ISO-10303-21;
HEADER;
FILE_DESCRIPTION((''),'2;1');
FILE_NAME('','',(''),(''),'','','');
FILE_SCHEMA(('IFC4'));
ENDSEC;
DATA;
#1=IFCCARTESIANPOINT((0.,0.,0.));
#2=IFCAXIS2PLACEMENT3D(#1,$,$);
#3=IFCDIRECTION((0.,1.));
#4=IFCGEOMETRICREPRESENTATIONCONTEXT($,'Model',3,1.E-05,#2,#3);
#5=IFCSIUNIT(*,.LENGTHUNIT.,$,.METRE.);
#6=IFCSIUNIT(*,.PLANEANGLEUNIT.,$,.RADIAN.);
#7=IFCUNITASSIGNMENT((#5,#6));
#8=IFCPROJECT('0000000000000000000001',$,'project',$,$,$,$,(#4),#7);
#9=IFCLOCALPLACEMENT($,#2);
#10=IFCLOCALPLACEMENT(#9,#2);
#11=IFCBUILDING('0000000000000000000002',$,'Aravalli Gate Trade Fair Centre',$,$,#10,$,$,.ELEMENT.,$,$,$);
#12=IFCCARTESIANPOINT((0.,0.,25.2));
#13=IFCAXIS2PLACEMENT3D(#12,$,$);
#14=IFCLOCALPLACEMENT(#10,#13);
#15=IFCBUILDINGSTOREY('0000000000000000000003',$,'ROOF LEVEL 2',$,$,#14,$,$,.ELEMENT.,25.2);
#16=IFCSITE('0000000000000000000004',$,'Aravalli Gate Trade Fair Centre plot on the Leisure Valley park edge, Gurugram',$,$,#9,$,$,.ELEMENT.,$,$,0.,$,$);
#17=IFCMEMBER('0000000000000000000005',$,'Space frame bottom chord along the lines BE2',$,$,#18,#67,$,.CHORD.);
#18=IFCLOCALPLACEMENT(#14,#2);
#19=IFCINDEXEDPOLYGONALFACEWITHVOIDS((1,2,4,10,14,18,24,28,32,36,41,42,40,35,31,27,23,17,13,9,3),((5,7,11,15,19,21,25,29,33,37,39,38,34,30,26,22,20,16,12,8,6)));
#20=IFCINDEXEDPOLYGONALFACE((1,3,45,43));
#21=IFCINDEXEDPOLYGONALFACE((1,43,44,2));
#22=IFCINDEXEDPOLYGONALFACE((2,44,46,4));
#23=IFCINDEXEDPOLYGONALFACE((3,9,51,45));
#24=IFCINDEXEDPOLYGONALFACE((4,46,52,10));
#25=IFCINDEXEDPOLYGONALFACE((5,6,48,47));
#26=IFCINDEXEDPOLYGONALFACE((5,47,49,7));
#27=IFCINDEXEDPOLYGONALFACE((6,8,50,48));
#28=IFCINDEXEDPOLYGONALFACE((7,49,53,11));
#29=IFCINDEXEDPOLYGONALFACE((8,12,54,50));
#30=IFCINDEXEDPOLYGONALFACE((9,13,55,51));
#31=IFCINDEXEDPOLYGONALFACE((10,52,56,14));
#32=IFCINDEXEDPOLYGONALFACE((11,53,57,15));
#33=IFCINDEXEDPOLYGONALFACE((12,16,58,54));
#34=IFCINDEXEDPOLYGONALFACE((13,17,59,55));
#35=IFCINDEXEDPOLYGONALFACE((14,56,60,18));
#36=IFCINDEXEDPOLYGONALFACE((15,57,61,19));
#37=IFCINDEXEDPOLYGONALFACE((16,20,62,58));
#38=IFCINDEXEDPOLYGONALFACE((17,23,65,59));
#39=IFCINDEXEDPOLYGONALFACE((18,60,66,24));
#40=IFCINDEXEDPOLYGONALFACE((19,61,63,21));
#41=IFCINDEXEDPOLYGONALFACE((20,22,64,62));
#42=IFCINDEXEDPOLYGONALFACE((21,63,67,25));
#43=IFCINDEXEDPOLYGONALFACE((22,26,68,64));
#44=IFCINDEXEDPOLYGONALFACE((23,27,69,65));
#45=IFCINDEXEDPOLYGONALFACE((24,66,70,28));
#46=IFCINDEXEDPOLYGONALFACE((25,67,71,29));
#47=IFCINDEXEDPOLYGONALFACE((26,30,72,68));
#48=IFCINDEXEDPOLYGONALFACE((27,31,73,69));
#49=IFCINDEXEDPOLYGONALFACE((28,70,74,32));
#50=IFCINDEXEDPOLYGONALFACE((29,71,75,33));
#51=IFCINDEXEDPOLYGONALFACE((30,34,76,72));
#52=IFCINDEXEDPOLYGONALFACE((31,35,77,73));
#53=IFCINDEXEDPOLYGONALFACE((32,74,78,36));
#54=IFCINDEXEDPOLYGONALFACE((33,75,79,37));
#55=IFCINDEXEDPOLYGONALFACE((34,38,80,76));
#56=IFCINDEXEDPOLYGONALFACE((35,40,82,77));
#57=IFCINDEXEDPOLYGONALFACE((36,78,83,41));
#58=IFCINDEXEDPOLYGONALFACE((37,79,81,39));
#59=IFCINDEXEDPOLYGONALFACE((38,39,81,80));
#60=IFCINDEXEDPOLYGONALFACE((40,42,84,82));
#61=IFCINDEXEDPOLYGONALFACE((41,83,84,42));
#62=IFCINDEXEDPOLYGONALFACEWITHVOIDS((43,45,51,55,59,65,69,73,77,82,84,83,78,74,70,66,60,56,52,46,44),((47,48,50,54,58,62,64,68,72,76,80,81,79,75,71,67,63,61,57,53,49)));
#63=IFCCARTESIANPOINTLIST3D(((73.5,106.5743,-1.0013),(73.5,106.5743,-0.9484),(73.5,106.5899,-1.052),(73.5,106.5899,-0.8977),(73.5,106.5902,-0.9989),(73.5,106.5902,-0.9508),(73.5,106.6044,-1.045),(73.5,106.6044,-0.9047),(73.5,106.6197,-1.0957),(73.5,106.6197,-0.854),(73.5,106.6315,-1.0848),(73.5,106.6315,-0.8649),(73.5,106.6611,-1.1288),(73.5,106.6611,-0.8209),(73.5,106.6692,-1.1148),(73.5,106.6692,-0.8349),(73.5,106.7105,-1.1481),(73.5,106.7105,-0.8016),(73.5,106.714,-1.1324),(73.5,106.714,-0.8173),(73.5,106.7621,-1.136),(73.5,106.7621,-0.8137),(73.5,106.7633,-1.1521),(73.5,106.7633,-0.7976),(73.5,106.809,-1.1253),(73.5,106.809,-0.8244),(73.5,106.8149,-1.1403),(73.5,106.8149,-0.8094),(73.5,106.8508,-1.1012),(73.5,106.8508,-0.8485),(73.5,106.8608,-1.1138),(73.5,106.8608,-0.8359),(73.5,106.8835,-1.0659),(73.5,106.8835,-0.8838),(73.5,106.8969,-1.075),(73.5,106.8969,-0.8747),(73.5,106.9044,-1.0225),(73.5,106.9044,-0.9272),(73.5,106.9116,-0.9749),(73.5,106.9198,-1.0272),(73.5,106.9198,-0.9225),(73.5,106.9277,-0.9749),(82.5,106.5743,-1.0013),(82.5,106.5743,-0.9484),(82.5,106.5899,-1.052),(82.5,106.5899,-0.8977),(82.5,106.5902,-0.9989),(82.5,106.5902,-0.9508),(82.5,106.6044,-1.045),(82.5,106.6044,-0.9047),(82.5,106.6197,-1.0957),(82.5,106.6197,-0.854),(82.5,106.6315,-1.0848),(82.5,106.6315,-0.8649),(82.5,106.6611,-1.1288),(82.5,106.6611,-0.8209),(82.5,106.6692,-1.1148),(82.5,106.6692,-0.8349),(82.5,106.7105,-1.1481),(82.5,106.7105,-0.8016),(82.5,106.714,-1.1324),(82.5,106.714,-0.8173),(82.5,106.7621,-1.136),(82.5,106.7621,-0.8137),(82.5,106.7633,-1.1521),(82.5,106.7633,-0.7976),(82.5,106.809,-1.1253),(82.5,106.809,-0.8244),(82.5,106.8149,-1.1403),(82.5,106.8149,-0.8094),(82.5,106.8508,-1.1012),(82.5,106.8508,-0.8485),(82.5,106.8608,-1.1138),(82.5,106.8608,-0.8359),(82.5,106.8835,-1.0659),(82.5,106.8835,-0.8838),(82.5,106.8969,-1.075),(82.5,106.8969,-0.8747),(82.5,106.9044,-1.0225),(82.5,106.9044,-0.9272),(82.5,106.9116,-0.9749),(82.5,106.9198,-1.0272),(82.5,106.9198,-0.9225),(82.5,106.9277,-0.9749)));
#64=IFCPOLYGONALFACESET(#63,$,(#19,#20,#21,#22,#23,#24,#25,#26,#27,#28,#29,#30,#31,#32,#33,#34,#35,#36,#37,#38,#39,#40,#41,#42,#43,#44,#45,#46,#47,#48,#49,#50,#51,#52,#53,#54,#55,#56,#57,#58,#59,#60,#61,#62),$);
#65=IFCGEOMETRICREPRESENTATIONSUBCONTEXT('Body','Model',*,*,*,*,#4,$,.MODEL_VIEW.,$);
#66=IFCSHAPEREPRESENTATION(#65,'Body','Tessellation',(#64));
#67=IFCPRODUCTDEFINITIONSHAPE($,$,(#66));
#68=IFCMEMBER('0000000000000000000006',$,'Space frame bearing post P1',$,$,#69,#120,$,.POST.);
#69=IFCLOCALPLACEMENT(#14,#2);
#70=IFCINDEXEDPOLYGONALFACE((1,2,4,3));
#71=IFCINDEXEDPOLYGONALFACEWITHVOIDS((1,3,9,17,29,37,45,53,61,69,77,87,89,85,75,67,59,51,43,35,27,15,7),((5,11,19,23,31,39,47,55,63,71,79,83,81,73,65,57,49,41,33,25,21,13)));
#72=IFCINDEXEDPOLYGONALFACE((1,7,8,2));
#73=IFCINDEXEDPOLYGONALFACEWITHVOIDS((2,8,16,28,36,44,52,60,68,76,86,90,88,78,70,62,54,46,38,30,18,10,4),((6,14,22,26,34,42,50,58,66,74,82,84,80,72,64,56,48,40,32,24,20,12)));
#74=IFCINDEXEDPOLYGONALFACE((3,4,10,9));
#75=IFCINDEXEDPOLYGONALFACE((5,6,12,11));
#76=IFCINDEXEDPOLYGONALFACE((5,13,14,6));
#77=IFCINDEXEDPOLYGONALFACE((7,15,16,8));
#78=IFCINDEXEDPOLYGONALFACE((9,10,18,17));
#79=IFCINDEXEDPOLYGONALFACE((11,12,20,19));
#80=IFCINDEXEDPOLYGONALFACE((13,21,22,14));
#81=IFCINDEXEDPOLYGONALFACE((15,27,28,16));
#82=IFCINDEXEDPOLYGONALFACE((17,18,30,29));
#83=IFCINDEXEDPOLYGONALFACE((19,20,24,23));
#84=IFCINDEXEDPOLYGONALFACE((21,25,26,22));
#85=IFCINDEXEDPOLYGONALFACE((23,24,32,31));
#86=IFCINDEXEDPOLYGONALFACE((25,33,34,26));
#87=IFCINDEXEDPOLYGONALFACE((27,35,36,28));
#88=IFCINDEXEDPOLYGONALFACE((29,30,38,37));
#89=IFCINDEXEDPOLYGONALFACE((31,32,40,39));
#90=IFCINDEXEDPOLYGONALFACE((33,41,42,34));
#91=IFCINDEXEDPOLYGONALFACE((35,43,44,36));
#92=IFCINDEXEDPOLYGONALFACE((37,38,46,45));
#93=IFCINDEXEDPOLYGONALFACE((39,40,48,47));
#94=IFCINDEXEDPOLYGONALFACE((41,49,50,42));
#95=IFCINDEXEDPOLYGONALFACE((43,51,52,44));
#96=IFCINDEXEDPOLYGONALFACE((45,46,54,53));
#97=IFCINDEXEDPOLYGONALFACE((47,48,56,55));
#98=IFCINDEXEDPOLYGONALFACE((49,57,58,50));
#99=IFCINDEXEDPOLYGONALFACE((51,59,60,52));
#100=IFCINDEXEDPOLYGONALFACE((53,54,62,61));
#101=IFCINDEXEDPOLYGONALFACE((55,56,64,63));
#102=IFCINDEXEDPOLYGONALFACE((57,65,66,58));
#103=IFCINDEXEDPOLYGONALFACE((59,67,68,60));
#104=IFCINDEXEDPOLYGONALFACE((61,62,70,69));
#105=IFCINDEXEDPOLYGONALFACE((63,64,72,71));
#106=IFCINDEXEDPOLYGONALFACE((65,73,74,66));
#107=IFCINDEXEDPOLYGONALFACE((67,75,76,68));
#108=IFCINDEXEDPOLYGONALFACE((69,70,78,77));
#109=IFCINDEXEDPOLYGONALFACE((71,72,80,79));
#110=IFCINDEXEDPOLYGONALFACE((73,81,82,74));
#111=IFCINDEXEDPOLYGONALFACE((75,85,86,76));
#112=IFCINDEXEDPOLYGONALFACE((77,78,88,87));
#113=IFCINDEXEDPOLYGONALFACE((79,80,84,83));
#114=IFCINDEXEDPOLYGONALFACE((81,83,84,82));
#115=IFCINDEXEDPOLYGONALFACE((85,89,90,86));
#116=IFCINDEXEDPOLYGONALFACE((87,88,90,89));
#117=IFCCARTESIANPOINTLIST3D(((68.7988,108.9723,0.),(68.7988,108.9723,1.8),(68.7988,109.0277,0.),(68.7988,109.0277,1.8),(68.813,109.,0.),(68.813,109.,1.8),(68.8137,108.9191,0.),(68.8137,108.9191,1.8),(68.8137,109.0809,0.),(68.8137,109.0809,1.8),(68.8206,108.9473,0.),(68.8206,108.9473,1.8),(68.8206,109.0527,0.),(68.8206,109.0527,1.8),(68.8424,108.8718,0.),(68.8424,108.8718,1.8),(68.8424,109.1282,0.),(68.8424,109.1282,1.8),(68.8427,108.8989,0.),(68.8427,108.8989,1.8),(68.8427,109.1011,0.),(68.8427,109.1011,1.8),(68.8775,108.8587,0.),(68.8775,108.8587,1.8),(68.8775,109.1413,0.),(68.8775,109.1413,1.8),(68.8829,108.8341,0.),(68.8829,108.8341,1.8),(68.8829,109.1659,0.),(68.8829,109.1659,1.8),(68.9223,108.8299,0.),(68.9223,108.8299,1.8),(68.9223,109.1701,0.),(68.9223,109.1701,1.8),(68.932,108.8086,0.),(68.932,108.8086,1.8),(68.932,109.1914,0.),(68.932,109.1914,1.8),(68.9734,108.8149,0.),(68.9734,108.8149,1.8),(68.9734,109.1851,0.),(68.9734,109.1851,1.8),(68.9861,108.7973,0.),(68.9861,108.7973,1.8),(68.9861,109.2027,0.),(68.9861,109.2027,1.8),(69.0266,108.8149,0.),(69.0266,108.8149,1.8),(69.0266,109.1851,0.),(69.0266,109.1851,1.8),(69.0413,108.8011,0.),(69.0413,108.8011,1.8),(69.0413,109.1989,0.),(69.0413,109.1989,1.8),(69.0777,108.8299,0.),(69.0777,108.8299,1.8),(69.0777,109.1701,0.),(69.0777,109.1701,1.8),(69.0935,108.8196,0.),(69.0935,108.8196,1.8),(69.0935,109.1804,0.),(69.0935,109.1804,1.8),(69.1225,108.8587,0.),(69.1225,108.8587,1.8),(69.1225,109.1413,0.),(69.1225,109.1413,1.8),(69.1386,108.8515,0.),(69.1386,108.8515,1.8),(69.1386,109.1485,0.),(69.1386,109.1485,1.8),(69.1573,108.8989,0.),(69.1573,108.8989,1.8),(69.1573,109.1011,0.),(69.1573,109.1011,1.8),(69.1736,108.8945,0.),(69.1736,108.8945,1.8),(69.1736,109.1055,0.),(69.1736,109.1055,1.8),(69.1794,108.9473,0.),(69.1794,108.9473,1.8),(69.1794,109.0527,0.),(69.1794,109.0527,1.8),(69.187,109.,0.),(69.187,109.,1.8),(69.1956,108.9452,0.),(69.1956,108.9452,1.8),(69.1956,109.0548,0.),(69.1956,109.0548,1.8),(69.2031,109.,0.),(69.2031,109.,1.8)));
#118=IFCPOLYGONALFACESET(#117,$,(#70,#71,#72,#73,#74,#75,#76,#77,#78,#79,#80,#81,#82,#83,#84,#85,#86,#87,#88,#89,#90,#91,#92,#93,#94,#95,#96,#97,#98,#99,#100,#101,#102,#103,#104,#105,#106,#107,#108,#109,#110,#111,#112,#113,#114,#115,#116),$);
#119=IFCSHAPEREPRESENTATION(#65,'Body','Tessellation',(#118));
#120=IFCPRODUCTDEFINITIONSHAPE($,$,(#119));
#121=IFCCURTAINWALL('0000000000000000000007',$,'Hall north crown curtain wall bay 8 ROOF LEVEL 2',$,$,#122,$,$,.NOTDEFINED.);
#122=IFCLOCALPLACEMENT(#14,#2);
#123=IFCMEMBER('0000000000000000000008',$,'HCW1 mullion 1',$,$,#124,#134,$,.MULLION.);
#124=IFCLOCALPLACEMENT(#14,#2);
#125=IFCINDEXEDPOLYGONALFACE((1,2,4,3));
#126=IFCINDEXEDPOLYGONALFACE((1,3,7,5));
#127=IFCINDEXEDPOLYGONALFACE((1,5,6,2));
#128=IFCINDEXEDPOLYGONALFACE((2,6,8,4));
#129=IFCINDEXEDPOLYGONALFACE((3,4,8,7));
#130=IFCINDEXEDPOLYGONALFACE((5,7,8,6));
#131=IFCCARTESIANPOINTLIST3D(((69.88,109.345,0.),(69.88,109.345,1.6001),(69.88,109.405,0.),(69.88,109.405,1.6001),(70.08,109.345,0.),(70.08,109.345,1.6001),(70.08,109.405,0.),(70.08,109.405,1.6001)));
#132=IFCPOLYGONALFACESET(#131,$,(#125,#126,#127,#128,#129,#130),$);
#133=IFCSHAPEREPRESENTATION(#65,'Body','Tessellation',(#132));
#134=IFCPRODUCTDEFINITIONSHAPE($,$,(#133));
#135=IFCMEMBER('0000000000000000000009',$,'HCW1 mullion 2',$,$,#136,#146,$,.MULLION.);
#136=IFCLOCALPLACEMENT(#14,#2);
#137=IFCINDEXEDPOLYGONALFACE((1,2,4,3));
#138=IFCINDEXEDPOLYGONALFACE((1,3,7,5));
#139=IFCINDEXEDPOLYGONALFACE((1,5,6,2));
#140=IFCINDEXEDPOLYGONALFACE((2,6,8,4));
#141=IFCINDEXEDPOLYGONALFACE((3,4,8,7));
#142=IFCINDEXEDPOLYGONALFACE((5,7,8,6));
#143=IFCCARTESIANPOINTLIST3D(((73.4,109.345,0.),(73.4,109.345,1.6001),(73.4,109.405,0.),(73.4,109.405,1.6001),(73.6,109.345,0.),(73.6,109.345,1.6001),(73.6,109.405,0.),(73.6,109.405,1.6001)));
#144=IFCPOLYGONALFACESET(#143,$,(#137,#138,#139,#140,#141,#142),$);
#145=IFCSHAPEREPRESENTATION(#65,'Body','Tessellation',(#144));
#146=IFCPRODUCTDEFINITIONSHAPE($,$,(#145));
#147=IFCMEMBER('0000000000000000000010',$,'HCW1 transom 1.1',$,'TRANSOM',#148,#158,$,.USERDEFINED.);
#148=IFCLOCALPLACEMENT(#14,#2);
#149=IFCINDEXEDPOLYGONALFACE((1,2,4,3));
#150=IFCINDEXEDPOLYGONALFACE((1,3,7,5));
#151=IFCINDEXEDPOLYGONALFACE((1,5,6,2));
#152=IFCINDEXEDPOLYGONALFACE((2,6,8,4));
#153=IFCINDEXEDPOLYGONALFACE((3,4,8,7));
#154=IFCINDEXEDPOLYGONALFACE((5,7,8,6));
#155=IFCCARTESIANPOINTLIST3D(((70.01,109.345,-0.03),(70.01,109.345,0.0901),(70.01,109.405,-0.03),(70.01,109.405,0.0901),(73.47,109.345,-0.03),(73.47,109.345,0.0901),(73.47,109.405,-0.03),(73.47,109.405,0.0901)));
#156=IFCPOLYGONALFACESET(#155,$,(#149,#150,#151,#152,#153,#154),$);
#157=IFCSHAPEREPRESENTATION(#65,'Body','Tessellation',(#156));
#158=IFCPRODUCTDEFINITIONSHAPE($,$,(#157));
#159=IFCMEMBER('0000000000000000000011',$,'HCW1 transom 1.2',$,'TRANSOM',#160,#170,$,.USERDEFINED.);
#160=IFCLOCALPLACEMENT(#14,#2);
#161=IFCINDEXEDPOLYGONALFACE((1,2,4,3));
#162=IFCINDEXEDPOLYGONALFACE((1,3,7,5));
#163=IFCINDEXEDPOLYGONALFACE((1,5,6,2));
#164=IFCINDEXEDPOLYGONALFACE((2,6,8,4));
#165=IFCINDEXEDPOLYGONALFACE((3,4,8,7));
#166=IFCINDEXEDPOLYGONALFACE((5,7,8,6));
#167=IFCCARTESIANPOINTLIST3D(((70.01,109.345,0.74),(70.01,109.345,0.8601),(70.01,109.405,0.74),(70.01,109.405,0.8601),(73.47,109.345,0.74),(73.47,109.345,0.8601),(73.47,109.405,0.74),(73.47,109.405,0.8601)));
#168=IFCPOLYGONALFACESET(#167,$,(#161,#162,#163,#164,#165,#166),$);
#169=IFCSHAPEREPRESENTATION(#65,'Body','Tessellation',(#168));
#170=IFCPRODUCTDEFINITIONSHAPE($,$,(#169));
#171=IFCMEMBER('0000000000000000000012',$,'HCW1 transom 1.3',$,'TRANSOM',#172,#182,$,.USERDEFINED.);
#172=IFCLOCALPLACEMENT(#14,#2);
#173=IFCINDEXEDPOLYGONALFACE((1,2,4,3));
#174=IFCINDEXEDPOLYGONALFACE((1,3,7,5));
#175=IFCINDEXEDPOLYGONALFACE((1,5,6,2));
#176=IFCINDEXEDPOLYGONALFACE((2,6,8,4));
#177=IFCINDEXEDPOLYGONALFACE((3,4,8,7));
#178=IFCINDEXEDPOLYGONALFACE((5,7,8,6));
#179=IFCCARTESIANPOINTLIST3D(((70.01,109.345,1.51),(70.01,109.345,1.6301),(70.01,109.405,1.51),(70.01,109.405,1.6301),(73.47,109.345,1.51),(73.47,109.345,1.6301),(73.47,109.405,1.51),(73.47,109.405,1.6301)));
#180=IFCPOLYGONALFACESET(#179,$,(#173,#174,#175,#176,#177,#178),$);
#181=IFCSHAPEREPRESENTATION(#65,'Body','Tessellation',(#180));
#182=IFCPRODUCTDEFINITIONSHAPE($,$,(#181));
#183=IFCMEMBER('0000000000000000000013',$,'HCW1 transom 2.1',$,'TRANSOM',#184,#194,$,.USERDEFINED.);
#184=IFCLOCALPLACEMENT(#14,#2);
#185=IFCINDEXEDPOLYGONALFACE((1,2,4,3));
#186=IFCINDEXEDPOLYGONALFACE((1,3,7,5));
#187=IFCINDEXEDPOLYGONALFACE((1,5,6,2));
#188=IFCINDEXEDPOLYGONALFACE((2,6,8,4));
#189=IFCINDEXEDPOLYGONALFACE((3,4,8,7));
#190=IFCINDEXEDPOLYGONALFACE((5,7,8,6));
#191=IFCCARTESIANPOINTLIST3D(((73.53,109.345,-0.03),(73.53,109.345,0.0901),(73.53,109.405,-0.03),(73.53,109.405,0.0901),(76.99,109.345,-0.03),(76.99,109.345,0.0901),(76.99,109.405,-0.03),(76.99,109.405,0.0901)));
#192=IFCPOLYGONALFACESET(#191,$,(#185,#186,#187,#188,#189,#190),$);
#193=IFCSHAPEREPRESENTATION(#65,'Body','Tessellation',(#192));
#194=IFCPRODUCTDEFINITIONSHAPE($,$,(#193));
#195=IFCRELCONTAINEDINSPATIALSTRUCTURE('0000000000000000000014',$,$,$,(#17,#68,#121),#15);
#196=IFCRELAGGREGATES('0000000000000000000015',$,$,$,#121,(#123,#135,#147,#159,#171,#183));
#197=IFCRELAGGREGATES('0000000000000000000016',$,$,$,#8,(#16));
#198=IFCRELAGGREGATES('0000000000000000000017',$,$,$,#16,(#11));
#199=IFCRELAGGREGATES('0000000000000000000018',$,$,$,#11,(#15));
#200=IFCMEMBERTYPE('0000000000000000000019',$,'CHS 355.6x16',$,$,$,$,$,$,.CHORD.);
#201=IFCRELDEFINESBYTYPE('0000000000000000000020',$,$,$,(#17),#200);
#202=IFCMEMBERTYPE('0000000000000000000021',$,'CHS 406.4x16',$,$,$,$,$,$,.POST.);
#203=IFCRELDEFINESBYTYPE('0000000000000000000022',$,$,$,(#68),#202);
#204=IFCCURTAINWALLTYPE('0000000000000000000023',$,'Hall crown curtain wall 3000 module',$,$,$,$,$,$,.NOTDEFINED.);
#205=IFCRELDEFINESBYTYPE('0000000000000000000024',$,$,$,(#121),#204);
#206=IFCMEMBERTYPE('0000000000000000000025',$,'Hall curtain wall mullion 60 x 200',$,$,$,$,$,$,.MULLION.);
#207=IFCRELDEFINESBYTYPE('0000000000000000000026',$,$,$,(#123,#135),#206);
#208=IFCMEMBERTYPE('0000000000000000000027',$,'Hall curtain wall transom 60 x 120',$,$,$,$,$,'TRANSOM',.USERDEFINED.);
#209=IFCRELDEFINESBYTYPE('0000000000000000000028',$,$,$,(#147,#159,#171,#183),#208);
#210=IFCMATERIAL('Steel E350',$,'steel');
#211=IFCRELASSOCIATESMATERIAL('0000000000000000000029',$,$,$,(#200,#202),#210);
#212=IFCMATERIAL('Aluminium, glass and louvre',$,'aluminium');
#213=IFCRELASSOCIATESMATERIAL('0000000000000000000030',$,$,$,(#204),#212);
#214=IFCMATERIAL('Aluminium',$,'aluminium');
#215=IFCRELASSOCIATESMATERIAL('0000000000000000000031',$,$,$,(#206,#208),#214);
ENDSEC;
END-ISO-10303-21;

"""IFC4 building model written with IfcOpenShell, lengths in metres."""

from ifc_helpers import new_model, si_unit, direction, frame, origin, origin_2d, place, context, subcontext, project, spatial, rectangle, hollow_circle, extrude, material, material_profile, profile_set, type_object, element, aggregate, save


model = new_model("IFC4")

# Units and contexts
model_context = context("Model", 3, precision=1e-05, world=origin(), true_north=direction((0.0, 1.0)))
body_context = subcontext(model_context, "Body", "Model", "MODEL_VIEW")
ifc_project = project(units=[si_unit("LENGTHUNIT", "METRE"), si_unit("PLANEANGLEUNIT", "RADIAN")], contexts=[model_context])

# Site, building, storey
site_placement = place(None, origin())
site = spatial("IfcSite", under=ifc_project, at=site_placement, Name="Aravalli Gate Trade Fair Centre plot on the Leisure Valley park edge, Gurugram", CompositionType="ELEMENT", RefElevation=0.0)
building_placement = place(site_placement, origin())
building = spatial("IfcBuilding", under=site, at=building_placement, Name="Aravalli Gate Trade Fair Centre", CompositionType="ELEMENT")
storey_placement = place(building_placement, frame((0.0, 0.0, 25.2)))
storey = spatial("IfcBuildingStorey", under=building, at=storey_placement, Name="ROOF LEVEL 2", CompositionType="ELEMENT", Elevation=25.2)

# Members
ifc_material_1 = material(Name="Steel E350", Category="steel")
ifc_material_profile_1 = material_profile(ifc_material_1, hollow_circle(Radius=0.1777, WallThickness=0.0161, at=origin_2d()), Name="CHS 355.6x16")
ifc_profile_set_1 = profile_set([ifc_material_profile_1], Name="Steel E350")
member_type_1 = type_object("IfcMemberType", Name="CHS 355.6x16", PredefinedType="CHORD", material=ifc_profile_set_1)
member_1_placement = place(storey_placement, frame((73.5, 106.75, -0.9749), z_axis=(1.0, 0.0, 0.0), x_axis=(0.0, 1.0, 0.0)))
element("IfcMember", 1, at=member_1_placement, inside=storey, type_object=member_type_1, Name="Space frame bottom chord along the lines BE2", PredefinedType="CHORD", context=body_context, shape_type="SweptSolid", body=[
    extrude(hollow_circle(Radius=0.1777, WallThickness=0.0161, at=origin_2d()), origin(), (0.0, 0.0, 1.0), 9.0),
])
ifc_material_profile_2 = material_profile(ifc_material_1, hollow_circle(Radius=0.2031, WallThickness=0.0161, at=origin_2d()), Name="CHS 406.4x16")
ifc_profile_set_2 = profile_set([ifc_material_profile_2], Name="Steel E350")
member_type_2 = type_object("IfcMemberType", Name="CHS 406.4x16", PredefinedType="POST", material=ifc_profile_set_2)
member_2_placement = place(storey_placement, frame((69.0, 109.0, 0.0), z_axis=(0.0, 0.0, 1.0), x_axis=(1.0, 0.0, 0.0)))
element("IfcMember", 2, at=member_2_placement, inside=storey, type_object=member_type_2, Name="Space frame bearing post P1", PredefinedType="POST", context=body_context, shape_type="SweptSolid", body=[
    extrude(hollow_circle(Radius=0.2031, WallThickness=0.0161, at=origin_2d()), origin(), (0.0, 0.0, 1.0), 1.8),
])

# Curtain wall, members
ifc_material_2 = material(Name="Aluminium, glass and louvre", Category="aluminium")
curtain_wall_type = type_object("IfcCurtainWallType", Name="Hall crown curtain wall 3000 module", PredefinedType="NOTDEFINED", material=ifc_material_2)
curtain_wall_placement = place(storey_placement, origin())
curtain_wall = element("IfcCurtainWall", 3, at=curtain_wall_placement, inside=storey, type_object=curtain_wall_type, Name="Hall north crown curtain wall bay 8 ROOF LEVEL 2", PredefinedType="NOTDEFINED")
ifc_material_3 = material(Name="Aluminium", Category="aluminium")
ifc_material_profile_3 = material_profile(ifc_material_3, rectangle(XDim=0.0601, YDim=0.2, at=origin_2d()), Name="Hall curtain wall mullion 60 x 200")
ifc_profile_set_3 = profile_set([ifc_material_profile_3], Name="Aluminium")
member_type_3 = type_object("IfcMemberType", Name="Hall curtain wall mullion 60 x 200", PredefinedType="MULLION", material=ifc_profile_set_3)
member_3_placement = place(storey_placement, frame((69.98, 109.375, 0.0), z_axis=(0.0, 0.0, 1.0), x_axis=(0.0, 1.0, 0.0)))
member_3 = element("IfcMember", 4, at=member_3_placement, type_object=member_type_3, Name="HCW1 mullion 1", PredefinedType="MULLION", context=body_context, shape_type="SweptSolid", body=[
    extrude(rectangle(XDim=0.0601, YDim=0.2, at=origin_2d()), origin(), (0.0, 0.0, 1.0), 1.6001),
])
member_4_placement = place(storey_placement, frame((73.5, 109.375, 0.0), z_axis=(0.0, 0.0, 1.0), x_axis=(0.0, 1.0, 0.0)))
member_4 = element("IfcMember", 5, at=member_4_placement, type_object=member_type_3, Name="HCW1 mullion 2", PredefinedType="MULLION", context=body_context, shape_type="SweptSolid", body=[
    extrude(rectangle(XDim=0.0601, YDim=0.2, at=origin_2d()), origin(), (0.0, 0.0, 1.0), 1.6001),
])
ifc_material_profile_4 = material_profile(ifc_material_3, rectangle(XDim=0.0601, YDim=0.1201, at=origin_2d()), Name="Hall curtain wall transom 60 x 120")
ifc_profile_set_4 = profile_set([ifc_material_profile_4], Name="Aluminium")
member_type_4 = type_object("IfcMemberType", Name="Hall curtain wall transom 60 x 120", ElementType="TRANSOM", PredefinedType="USERDEFINED", material=ifc_profile_set_4)
member_5_placement = place(storey_placement, frame((70.01, 109.375, 0.03), z_axis=(1.0, 0.0, 0.0), x_axis=(0.0, 1.0, 0.0)))
member_5 = element("IfcMember", 6, at=member_5_placement, type_object=member_type_4, Name="HCW1 transom 1.1", ObjectType="TRANSOM", PredefinedType="USERDEFINED", context=body_context, shape_type="SweptSolid", body=[
    extrude(rectangle(XDim=0.0601, YDim=0.1201, at=origin_2d()), origin(), (0.0, 0.0, 1.0), 3.46),
])
member_6_placement = place(storey_placement, frame((70.01, 109.375, 0.8), z_axis=(1.0, 0.0, 0.0), x_axis=(0.0, 1.0, 0.0)))
member_6 = element("IfcMember", 7, at=member_6_placement, type_object=member_type_4, Name="HCW1 transom 1.2", ObjectType="TRANSOM", PredefinedType="USERDEFINED", context=body_context, shape_type="SweptSolid", body=[
    extrude(rectangle(XDim=0.0601, YDim=0.1201, at=origin_2d()), origin(), (0.0, 0.0, 1.0), 3.46),
])
member_7_placement = place(storey_placement, frame((70.01, 109.375, 1.5701), z_axis=(1.0, 0.0, 0.0), x_axis=(0.0, 1.0, 0.0)))
member_7 = element("IfcMember", 8, at=member_7_placement, type_object=member_type_4, Name="HCW1 transom 1.3", ObjectType="TRANSOM", PredefinedType="USERDEFINED", context=body_context, shape_type="SweptSolid", body=[
    extrude(rectangle(XDim=0.0601, YDim=0.1201, at=origin_2d()), origin(), (0.0, 0.0, 1.0), 3.46),
])
member_8_placement = place(storey_placement, frame((73.53, 109.375, 0.03), z_axis=(1.0, 0.0, 0.0), x_axis=(0.0, 1.0, 0.0)))
member_8 = element("IfcMember", 9, at=member_8_placement, type_object=member_type_4, Name="HCW1 transom 2.1", ObjectType="TRANSOM", PredefinedType="USERDEFINED", context=body_context, shape_type="SweptSolid", body=[
    extrude(rectangle(XDim=0.0601, YDim=0.1201, at=origin_2d()), origin(), (0.0, 0.0, 1.0), 3.46),
])
aggregate(curtain_wall, [member_3, member_4, member_5, member_6, member_7, member_8])

save(model, "model.ifc")
